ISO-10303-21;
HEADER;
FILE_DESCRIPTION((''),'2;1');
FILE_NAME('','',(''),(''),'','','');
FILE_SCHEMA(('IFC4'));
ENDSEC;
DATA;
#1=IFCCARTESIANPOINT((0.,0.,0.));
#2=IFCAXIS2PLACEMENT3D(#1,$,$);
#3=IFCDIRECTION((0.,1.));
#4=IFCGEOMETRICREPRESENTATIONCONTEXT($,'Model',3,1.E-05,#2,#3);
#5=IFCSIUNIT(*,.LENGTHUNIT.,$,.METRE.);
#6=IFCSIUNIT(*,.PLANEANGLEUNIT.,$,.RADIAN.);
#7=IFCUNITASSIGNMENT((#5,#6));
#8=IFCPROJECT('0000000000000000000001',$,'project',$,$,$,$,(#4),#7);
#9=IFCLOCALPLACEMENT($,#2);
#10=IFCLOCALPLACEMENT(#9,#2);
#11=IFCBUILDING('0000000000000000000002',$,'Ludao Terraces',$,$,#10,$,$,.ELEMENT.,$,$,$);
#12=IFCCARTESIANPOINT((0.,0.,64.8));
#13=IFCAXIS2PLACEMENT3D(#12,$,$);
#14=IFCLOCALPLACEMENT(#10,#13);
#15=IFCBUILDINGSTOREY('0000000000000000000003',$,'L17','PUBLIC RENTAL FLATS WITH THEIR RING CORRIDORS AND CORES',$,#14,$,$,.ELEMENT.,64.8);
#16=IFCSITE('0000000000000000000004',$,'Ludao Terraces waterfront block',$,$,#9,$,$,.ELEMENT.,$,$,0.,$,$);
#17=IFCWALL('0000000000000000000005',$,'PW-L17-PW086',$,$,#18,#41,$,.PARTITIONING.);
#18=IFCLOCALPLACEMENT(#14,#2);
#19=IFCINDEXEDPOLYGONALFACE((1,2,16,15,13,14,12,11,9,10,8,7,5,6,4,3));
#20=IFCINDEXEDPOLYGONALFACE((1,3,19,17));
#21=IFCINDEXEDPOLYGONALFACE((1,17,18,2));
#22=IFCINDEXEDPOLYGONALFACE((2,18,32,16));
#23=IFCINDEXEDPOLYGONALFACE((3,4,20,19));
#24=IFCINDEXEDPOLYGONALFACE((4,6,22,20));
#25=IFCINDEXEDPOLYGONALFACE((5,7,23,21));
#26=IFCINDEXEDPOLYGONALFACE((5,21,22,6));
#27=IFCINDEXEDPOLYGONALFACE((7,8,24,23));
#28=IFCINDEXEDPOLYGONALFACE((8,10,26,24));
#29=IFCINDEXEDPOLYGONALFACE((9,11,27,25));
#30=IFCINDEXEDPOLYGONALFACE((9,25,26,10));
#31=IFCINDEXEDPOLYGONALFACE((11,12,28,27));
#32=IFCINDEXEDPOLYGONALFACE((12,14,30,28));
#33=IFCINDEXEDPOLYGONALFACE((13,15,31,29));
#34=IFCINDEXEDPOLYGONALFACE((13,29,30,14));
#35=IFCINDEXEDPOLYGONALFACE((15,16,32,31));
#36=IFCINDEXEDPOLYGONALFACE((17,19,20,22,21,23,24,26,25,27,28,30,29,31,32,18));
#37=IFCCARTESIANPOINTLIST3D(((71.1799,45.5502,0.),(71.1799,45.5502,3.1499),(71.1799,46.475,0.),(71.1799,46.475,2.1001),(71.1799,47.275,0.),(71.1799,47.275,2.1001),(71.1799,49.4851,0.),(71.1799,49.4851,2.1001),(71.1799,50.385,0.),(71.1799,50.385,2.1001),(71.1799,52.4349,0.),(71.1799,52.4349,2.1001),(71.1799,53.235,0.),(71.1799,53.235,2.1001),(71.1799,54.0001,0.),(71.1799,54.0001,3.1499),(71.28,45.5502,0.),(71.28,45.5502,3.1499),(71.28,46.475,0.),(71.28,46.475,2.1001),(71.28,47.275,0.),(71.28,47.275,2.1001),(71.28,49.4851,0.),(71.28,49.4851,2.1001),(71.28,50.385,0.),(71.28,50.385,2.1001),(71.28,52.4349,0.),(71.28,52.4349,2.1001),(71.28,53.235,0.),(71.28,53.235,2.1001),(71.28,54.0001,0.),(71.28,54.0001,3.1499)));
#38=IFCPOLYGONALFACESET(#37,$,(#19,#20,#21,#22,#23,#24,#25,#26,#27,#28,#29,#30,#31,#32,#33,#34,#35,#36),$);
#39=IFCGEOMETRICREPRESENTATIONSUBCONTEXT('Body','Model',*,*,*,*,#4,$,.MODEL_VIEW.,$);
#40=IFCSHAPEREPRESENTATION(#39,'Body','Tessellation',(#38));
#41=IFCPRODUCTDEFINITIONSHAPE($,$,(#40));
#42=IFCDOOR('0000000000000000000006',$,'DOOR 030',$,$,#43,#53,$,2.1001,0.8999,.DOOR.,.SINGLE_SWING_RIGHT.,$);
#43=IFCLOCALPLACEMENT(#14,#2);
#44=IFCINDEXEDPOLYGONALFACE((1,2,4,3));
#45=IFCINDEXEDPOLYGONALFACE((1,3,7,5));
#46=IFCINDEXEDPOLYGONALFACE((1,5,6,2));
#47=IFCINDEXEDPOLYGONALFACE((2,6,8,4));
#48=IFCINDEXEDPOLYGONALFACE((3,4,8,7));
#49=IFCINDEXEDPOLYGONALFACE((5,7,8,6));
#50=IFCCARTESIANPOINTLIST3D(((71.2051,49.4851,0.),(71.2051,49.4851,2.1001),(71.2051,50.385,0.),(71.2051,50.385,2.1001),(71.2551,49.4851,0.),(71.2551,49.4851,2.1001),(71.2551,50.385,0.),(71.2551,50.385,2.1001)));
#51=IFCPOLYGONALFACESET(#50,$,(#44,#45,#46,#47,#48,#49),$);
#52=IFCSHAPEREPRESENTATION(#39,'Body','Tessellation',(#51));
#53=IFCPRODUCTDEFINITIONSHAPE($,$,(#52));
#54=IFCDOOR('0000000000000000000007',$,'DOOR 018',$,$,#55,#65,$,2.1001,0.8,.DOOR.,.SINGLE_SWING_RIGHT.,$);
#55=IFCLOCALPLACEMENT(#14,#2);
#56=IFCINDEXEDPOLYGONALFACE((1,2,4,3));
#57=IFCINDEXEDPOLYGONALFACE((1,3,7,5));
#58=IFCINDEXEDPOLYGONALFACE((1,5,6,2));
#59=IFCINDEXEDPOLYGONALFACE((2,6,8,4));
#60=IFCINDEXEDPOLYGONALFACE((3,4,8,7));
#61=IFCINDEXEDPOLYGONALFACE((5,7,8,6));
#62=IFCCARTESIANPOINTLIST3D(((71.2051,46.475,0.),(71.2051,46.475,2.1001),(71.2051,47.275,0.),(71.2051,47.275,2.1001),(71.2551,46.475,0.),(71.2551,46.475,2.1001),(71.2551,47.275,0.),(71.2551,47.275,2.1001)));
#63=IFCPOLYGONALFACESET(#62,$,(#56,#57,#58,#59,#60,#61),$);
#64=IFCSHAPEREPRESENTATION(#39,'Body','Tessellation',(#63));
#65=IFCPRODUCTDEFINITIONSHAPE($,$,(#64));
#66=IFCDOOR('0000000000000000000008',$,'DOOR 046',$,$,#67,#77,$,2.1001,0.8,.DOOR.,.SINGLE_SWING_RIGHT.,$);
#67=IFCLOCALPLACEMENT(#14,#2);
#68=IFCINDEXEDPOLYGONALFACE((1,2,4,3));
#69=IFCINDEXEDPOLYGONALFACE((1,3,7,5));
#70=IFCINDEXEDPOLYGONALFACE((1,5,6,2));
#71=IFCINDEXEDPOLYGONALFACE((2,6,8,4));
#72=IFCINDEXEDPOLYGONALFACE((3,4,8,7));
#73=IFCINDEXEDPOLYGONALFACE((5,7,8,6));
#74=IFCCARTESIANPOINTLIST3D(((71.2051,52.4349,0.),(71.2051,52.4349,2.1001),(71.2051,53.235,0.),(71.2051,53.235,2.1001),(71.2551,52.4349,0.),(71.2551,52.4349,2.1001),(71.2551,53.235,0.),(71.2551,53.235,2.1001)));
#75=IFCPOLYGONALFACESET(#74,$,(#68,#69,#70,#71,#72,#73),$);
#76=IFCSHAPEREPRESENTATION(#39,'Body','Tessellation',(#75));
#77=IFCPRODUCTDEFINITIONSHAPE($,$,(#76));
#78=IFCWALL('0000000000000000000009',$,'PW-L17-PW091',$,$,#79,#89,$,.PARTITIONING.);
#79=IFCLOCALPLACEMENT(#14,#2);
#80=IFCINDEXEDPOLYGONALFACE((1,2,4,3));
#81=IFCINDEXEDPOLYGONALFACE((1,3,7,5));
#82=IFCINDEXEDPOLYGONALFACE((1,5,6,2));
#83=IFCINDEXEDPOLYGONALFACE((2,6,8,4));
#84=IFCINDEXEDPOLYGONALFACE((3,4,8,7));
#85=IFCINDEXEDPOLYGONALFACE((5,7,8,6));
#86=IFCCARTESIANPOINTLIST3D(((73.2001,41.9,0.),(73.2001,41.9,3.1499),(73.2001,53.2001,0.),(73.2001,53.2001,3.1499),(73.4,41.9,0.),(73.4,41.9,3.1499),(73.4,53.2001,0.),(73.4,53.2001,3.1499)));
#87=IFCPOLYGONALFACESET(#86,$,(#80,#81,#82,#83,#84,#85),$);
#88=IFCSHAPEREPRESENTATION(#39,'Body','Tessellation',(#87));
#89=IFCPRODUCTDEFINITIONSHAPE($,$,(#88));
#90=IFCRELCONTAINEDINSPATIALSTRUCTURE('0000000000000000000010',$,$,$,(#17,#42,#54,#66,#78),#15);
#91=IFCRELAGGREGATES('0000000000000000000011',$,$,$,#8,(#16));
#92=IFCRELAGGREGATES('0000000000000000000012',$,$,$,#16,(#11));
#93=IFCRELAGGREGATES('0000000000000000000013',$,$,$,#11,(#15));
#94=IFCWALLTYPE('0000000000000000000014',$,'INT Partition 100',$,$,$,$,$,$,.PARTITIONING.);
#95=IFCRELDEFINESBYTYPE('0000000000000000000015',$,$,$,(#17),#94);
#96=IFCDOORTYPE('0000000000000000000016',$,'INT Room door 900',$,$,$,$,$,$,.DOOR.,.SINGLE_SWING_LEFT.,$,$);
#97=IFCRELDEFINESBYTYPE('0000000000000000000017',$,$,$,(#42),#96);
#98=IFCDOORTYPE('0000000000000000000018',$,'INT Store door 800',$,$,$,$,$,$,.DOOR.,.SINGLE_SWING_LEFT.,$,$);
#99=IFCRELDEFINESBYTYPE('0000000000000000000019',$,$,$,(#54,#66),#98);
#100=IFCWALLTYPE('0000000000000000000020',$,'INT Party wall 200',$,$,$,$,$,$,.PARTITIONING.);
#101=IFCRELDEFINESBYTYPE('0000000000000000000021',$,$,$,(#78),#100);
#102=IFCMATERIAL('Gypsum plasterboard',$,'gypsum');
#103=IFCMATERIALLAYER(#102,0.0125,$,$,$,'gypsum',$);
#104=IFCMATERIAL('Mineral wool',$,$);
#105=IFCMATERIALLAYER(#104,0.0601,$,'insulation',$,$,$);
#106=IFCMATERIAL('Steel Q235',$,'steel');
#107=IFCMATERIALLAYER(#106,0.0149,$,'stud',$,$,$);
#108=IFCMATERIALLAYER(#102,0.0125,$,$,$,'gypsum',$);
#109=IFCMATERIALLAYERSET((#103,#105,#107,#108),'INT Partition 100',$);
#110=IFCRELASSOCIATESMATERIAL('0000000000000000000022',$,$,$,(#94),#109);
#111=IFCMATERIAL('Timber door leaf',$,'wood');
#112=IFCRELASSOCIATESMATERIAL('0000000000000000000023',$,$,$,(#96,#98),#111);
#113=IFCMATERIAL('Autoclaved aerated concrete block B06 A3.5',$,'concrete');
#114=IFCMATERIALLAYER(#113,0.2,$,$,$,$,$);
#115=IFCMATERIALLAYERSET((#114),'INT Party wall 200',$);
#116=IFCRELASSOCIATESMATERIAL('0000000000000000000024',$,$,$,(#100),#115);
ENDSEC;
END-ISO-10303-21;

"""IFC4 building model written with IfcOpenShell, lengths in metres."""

from ifc_helpers import new_model, si_unit, direction, frame, frame_2d, origin, place, context, subcontext, project, spatial, rectangle, extrude, material, layer, layer_set, type_object, element, fill, save


model = new_model("IFC4")

# Units and contexts
model_context = context("Model", 3, precision=1e-05, world=origin(), true_north=direction((0.0, 1.0)))
body_context = subcontext(model_context, "Body", "Model", "MODEL_VIEW")
ifc_project = project(units=[si_unit("LENGTHUNIT", "METRE"), si_unit("PLANEANGLEUNIT", "RADIAN")], contexts=[model_context])

# Site, building, storey
site_placement = place(None, origin())
site = spatial("IfcSite", under=ifc_project, at=site_placement, Name="Ludao Terraces waterfront block", CompositionType="ELEMENT", RefElevation=0.0)
building_placement = place(site_placement, origin())
building = spatial("IfcBuilding", under=site, at=building_placement, Name="Ludao Terraces", CompositionType="ELEMENT")
storey_placement = place(building_placement, frame((0.0, 0.0, 64.8)))
storey = spatial("IfcBuildingStorey", under=building, at=storey_placement, Name="L17", Description="PUBLIC RENTAL FLATS WITH THEIR RING CORRIDORS AND CORES", CompositionType="ELEMENT", Elevation=64.8)

# Shared definitions
ifc_material_1 = material(Name="Mineral wool")

# Shared definitions
ifc_material_2 = material(Name="Gypsum plasterboard", Category="gypsum")
ifc_layer_1 = layer(ifc_material_2, 0.0125, Category="gypsum")
ifc_layer_2 = layer(ifc_material_1, 0.0601, Name="insulation")
ifc_material_3 = material(Name="Steel Q235", Category="steel")
ifc_layer_3 = layer(ifc_material_3, 0.0149, Name="stud")
ifc_layer_4 = layer(ifc_material_2, 0.0125, Category="gypsum")
ifc_layer_set_1 = layer_set([ifc_layer_1, ifc_layer_2, ifc_layer_3, ifc_layer_4], Name="INT Partition 100")
wall_type_1 = type_object("IfcWallType", Name="INT Partition 100", PredefinedType="PARTITIONING", material=ifc_layer_set_1)
ifc_material_4 = material(Name="Timber door leaf", Category="wood")
door_type_1 = type_object("IfcDoorType", Name="INT Room door 900", OperationType="SINGLE_SWING_LEFT", PredefinedType="DOOR", material=ifc_material_4)

# Wall, openings, doors
wall_1_placement = place(storey_placement, frame((71.23, 45.55, 0.0), z_axis=(0.0, 0.0, 1.0), x_axis=(0.0, 1.0, 0.0)))
wall_1 = element("IfcWall", 1, at=wall_1_placement, inside=storey, type_object=wall_type_1, Name="PW-L17-PW086", PredefinedType="PARTITIONING", context=body_context, shape_type="SweptSolid", body=[
    extrude(rectangle(XDim=8.45, YDim=0.1001, at=frame_2d((4.2251, 0.0))), origin(), (0.0, 0.0, 1.0), 3.1499),
])
opening_1_placement = place(wall_1_placement, frame((0.925, 0.0, 0.0)))
opening_1 = element("IfcOpeningElement", 2, at=opening_1_placement, cuts=wall_1, PredefinedType="OPENING", context=body_context, shape_type="SweptSolid", body=[
    extrude(rectangle(XDim=0.8, YDim=2.1001, at=frame_2d((0.3999, 1.05))), frame((0.0, 0.0601, 0.0), z_axis=(0.0, -1.0, 0.0), x_axis=(1.0, 0.0, 0.0)), (0.0, 0.0, 1.0), 0.1201),
])
opening_2_placement = place(wall_1_placement, frame((3.9351, 0.0, 0.0)))
opening_2 = element("IfcOpeningElement", 3, at=opening_2_placement, cuts=wall_1, PredefinedType="OPENING", context=body_context, shape_type="SweptSolid", body=[
    extrude(rectangle(XDim=0.8999, YDim=2.1001, at=frame_2d((0.45, 1.05))), frame((0.0, 0.0601, 0.0), z_axis=(0.0, -1.0, 0.0), x_axis=(1.0, 0.0, 0.0)), (0.0, 0.0, 1.0), 0.1201),
])
opening_3_placement = place(wall_1_placement, frame((6.885, 0.0, 0.0)))
opening_3 = element("IfcOpeningElement", 4, at=opening_3_placement, cuts=wall_1, PredefinedType="OPENING", context=body_context, shape_type="SweptSolid", body=[
    extrude(rectangle(XDim=0.8, YDim=2.1001, at=frame_2d((0.3999, 1.05))), frame((0.0, 0.0601, 0.0), z_axis=(0.0, -1.0, 0.0), x_axis=(1.0, 0.0, 0.0)), (0.0, 0.0, 1.0), 0.1201),
])
door_1_placement = place(opening_2_placement, origin())
door_1 = element("IfcDoor", 5, at=door_1_placement, inside=storey, type_object=door_type_1, Name="DOOR 030", OperationType="SINGLE_SWING_RIGHT", OverallHeight=2.1001, OverallWidth=0.8999, PredefinedType="DOOR", context=body_context, shape_type="SweptSolid", body=[
    extrude(rectangle(XDim=0.8999, YDim=2.1001, at=frame_2d((0.45, 1.05))), frame((0.0, 0.0249, 0.0), z_axis=(0.0, -1.0, 0.0), x_axis=(1.0, 0.0, 0.0)), (0.0, 0.0, 1.0), 0.05),
])
fill(opening_2, door_1)
door_type_2 = type_object("IfcDoorType", Name="INT Store door 800", OperationType="SINGLE_SWING_LEFT", PredefinedType="DOOR", material=ifc_material_4)
door_2_placement = place(opening_1_placement, origin())
door_2 = element("IfcDoor", 6, at=door_2_placement, inside=storey, type_object=door_type_2, Name="DOOR 018", OperationType="SINGLE_SWING_RIGHT", OverallHeight=2.1001, OverallWidth=0.8, PredefinedType="DOOR", context=body_context, shape_type="SweptSolid", body=[
    extrude(rectangle(XDim=0.8, YDim=2.1001, at=frame_2d((0.3999, 1.05))), frame((0.0, 0.0249, 0.0), z_axis=(0.0, -1.0, 0.0), x_axis=(1.0, 0.0, 0.0)), (0.0, 0.0, 1.0), 0.05),
])
fill(opening_1, door_2)
door_3_placement = place(opening_3_placement, origin())
door_3 = element("IfcDoor", 7, at=door_3_placement, inside=storey, type_object=door_type_2, Name="DOOR 046", OperationType="SINGLE_SWING_RIGHT", OverallHeight=2.1001, OverallWidth=0.8, PredefinedType="DOOR", context=body_context, shape_type="SweptSolid", body=[
    extrude(rectangle(XDim=0.8, YDim=2.1001, at=frame_2d((0.3999, 1.05))), frame((0.0, 0.0249, 0.0), z_axis=(0.0, -1.0, 0.0), x_axis=(1.0, 0.0, 0.0)), (0.0, 0.0, 1.0), 0.05),
])
fill(opening_3, door_3)

# Wall
ifc_material_5 = material(Name="Autoclaved aerated concrete block B06 A3.5", Category="concrete")
ifc_layer_5 = layer(ifc_material_5, 0.2)
ifc_layer_set_2 = layer_set([ifc_layer_5], Name="INT Party wall 200")
wall_type_2 = type_object("IfcWallType", Name="INT Party wall 200", PredefinedType="PARTITIONING", material=ifc_layer_set_2)
wall_2_placement = place(storey_placement, frame((73.3, 41.9001, 0.0), z_axis=(0.0, 0.0, 1.0), x_axis=(0.0, 1.0, 0.0)))
element("IfcWall", 8, at=wall_2_placement, inside=storey, type_object=wall_type_2, Name="PW-L17-PW091", PredefinedType="PARTITIONING", context=body_context, shape_type="SweptSolid", body=[
    extrude(rectangle(XDim=11.3, YDim=0.2, at=frame_2d((5.6499, 0.0))), origin(), (0.0, 0.0, 1.0), 3.1499),
])

save(model, "model.ifc")
